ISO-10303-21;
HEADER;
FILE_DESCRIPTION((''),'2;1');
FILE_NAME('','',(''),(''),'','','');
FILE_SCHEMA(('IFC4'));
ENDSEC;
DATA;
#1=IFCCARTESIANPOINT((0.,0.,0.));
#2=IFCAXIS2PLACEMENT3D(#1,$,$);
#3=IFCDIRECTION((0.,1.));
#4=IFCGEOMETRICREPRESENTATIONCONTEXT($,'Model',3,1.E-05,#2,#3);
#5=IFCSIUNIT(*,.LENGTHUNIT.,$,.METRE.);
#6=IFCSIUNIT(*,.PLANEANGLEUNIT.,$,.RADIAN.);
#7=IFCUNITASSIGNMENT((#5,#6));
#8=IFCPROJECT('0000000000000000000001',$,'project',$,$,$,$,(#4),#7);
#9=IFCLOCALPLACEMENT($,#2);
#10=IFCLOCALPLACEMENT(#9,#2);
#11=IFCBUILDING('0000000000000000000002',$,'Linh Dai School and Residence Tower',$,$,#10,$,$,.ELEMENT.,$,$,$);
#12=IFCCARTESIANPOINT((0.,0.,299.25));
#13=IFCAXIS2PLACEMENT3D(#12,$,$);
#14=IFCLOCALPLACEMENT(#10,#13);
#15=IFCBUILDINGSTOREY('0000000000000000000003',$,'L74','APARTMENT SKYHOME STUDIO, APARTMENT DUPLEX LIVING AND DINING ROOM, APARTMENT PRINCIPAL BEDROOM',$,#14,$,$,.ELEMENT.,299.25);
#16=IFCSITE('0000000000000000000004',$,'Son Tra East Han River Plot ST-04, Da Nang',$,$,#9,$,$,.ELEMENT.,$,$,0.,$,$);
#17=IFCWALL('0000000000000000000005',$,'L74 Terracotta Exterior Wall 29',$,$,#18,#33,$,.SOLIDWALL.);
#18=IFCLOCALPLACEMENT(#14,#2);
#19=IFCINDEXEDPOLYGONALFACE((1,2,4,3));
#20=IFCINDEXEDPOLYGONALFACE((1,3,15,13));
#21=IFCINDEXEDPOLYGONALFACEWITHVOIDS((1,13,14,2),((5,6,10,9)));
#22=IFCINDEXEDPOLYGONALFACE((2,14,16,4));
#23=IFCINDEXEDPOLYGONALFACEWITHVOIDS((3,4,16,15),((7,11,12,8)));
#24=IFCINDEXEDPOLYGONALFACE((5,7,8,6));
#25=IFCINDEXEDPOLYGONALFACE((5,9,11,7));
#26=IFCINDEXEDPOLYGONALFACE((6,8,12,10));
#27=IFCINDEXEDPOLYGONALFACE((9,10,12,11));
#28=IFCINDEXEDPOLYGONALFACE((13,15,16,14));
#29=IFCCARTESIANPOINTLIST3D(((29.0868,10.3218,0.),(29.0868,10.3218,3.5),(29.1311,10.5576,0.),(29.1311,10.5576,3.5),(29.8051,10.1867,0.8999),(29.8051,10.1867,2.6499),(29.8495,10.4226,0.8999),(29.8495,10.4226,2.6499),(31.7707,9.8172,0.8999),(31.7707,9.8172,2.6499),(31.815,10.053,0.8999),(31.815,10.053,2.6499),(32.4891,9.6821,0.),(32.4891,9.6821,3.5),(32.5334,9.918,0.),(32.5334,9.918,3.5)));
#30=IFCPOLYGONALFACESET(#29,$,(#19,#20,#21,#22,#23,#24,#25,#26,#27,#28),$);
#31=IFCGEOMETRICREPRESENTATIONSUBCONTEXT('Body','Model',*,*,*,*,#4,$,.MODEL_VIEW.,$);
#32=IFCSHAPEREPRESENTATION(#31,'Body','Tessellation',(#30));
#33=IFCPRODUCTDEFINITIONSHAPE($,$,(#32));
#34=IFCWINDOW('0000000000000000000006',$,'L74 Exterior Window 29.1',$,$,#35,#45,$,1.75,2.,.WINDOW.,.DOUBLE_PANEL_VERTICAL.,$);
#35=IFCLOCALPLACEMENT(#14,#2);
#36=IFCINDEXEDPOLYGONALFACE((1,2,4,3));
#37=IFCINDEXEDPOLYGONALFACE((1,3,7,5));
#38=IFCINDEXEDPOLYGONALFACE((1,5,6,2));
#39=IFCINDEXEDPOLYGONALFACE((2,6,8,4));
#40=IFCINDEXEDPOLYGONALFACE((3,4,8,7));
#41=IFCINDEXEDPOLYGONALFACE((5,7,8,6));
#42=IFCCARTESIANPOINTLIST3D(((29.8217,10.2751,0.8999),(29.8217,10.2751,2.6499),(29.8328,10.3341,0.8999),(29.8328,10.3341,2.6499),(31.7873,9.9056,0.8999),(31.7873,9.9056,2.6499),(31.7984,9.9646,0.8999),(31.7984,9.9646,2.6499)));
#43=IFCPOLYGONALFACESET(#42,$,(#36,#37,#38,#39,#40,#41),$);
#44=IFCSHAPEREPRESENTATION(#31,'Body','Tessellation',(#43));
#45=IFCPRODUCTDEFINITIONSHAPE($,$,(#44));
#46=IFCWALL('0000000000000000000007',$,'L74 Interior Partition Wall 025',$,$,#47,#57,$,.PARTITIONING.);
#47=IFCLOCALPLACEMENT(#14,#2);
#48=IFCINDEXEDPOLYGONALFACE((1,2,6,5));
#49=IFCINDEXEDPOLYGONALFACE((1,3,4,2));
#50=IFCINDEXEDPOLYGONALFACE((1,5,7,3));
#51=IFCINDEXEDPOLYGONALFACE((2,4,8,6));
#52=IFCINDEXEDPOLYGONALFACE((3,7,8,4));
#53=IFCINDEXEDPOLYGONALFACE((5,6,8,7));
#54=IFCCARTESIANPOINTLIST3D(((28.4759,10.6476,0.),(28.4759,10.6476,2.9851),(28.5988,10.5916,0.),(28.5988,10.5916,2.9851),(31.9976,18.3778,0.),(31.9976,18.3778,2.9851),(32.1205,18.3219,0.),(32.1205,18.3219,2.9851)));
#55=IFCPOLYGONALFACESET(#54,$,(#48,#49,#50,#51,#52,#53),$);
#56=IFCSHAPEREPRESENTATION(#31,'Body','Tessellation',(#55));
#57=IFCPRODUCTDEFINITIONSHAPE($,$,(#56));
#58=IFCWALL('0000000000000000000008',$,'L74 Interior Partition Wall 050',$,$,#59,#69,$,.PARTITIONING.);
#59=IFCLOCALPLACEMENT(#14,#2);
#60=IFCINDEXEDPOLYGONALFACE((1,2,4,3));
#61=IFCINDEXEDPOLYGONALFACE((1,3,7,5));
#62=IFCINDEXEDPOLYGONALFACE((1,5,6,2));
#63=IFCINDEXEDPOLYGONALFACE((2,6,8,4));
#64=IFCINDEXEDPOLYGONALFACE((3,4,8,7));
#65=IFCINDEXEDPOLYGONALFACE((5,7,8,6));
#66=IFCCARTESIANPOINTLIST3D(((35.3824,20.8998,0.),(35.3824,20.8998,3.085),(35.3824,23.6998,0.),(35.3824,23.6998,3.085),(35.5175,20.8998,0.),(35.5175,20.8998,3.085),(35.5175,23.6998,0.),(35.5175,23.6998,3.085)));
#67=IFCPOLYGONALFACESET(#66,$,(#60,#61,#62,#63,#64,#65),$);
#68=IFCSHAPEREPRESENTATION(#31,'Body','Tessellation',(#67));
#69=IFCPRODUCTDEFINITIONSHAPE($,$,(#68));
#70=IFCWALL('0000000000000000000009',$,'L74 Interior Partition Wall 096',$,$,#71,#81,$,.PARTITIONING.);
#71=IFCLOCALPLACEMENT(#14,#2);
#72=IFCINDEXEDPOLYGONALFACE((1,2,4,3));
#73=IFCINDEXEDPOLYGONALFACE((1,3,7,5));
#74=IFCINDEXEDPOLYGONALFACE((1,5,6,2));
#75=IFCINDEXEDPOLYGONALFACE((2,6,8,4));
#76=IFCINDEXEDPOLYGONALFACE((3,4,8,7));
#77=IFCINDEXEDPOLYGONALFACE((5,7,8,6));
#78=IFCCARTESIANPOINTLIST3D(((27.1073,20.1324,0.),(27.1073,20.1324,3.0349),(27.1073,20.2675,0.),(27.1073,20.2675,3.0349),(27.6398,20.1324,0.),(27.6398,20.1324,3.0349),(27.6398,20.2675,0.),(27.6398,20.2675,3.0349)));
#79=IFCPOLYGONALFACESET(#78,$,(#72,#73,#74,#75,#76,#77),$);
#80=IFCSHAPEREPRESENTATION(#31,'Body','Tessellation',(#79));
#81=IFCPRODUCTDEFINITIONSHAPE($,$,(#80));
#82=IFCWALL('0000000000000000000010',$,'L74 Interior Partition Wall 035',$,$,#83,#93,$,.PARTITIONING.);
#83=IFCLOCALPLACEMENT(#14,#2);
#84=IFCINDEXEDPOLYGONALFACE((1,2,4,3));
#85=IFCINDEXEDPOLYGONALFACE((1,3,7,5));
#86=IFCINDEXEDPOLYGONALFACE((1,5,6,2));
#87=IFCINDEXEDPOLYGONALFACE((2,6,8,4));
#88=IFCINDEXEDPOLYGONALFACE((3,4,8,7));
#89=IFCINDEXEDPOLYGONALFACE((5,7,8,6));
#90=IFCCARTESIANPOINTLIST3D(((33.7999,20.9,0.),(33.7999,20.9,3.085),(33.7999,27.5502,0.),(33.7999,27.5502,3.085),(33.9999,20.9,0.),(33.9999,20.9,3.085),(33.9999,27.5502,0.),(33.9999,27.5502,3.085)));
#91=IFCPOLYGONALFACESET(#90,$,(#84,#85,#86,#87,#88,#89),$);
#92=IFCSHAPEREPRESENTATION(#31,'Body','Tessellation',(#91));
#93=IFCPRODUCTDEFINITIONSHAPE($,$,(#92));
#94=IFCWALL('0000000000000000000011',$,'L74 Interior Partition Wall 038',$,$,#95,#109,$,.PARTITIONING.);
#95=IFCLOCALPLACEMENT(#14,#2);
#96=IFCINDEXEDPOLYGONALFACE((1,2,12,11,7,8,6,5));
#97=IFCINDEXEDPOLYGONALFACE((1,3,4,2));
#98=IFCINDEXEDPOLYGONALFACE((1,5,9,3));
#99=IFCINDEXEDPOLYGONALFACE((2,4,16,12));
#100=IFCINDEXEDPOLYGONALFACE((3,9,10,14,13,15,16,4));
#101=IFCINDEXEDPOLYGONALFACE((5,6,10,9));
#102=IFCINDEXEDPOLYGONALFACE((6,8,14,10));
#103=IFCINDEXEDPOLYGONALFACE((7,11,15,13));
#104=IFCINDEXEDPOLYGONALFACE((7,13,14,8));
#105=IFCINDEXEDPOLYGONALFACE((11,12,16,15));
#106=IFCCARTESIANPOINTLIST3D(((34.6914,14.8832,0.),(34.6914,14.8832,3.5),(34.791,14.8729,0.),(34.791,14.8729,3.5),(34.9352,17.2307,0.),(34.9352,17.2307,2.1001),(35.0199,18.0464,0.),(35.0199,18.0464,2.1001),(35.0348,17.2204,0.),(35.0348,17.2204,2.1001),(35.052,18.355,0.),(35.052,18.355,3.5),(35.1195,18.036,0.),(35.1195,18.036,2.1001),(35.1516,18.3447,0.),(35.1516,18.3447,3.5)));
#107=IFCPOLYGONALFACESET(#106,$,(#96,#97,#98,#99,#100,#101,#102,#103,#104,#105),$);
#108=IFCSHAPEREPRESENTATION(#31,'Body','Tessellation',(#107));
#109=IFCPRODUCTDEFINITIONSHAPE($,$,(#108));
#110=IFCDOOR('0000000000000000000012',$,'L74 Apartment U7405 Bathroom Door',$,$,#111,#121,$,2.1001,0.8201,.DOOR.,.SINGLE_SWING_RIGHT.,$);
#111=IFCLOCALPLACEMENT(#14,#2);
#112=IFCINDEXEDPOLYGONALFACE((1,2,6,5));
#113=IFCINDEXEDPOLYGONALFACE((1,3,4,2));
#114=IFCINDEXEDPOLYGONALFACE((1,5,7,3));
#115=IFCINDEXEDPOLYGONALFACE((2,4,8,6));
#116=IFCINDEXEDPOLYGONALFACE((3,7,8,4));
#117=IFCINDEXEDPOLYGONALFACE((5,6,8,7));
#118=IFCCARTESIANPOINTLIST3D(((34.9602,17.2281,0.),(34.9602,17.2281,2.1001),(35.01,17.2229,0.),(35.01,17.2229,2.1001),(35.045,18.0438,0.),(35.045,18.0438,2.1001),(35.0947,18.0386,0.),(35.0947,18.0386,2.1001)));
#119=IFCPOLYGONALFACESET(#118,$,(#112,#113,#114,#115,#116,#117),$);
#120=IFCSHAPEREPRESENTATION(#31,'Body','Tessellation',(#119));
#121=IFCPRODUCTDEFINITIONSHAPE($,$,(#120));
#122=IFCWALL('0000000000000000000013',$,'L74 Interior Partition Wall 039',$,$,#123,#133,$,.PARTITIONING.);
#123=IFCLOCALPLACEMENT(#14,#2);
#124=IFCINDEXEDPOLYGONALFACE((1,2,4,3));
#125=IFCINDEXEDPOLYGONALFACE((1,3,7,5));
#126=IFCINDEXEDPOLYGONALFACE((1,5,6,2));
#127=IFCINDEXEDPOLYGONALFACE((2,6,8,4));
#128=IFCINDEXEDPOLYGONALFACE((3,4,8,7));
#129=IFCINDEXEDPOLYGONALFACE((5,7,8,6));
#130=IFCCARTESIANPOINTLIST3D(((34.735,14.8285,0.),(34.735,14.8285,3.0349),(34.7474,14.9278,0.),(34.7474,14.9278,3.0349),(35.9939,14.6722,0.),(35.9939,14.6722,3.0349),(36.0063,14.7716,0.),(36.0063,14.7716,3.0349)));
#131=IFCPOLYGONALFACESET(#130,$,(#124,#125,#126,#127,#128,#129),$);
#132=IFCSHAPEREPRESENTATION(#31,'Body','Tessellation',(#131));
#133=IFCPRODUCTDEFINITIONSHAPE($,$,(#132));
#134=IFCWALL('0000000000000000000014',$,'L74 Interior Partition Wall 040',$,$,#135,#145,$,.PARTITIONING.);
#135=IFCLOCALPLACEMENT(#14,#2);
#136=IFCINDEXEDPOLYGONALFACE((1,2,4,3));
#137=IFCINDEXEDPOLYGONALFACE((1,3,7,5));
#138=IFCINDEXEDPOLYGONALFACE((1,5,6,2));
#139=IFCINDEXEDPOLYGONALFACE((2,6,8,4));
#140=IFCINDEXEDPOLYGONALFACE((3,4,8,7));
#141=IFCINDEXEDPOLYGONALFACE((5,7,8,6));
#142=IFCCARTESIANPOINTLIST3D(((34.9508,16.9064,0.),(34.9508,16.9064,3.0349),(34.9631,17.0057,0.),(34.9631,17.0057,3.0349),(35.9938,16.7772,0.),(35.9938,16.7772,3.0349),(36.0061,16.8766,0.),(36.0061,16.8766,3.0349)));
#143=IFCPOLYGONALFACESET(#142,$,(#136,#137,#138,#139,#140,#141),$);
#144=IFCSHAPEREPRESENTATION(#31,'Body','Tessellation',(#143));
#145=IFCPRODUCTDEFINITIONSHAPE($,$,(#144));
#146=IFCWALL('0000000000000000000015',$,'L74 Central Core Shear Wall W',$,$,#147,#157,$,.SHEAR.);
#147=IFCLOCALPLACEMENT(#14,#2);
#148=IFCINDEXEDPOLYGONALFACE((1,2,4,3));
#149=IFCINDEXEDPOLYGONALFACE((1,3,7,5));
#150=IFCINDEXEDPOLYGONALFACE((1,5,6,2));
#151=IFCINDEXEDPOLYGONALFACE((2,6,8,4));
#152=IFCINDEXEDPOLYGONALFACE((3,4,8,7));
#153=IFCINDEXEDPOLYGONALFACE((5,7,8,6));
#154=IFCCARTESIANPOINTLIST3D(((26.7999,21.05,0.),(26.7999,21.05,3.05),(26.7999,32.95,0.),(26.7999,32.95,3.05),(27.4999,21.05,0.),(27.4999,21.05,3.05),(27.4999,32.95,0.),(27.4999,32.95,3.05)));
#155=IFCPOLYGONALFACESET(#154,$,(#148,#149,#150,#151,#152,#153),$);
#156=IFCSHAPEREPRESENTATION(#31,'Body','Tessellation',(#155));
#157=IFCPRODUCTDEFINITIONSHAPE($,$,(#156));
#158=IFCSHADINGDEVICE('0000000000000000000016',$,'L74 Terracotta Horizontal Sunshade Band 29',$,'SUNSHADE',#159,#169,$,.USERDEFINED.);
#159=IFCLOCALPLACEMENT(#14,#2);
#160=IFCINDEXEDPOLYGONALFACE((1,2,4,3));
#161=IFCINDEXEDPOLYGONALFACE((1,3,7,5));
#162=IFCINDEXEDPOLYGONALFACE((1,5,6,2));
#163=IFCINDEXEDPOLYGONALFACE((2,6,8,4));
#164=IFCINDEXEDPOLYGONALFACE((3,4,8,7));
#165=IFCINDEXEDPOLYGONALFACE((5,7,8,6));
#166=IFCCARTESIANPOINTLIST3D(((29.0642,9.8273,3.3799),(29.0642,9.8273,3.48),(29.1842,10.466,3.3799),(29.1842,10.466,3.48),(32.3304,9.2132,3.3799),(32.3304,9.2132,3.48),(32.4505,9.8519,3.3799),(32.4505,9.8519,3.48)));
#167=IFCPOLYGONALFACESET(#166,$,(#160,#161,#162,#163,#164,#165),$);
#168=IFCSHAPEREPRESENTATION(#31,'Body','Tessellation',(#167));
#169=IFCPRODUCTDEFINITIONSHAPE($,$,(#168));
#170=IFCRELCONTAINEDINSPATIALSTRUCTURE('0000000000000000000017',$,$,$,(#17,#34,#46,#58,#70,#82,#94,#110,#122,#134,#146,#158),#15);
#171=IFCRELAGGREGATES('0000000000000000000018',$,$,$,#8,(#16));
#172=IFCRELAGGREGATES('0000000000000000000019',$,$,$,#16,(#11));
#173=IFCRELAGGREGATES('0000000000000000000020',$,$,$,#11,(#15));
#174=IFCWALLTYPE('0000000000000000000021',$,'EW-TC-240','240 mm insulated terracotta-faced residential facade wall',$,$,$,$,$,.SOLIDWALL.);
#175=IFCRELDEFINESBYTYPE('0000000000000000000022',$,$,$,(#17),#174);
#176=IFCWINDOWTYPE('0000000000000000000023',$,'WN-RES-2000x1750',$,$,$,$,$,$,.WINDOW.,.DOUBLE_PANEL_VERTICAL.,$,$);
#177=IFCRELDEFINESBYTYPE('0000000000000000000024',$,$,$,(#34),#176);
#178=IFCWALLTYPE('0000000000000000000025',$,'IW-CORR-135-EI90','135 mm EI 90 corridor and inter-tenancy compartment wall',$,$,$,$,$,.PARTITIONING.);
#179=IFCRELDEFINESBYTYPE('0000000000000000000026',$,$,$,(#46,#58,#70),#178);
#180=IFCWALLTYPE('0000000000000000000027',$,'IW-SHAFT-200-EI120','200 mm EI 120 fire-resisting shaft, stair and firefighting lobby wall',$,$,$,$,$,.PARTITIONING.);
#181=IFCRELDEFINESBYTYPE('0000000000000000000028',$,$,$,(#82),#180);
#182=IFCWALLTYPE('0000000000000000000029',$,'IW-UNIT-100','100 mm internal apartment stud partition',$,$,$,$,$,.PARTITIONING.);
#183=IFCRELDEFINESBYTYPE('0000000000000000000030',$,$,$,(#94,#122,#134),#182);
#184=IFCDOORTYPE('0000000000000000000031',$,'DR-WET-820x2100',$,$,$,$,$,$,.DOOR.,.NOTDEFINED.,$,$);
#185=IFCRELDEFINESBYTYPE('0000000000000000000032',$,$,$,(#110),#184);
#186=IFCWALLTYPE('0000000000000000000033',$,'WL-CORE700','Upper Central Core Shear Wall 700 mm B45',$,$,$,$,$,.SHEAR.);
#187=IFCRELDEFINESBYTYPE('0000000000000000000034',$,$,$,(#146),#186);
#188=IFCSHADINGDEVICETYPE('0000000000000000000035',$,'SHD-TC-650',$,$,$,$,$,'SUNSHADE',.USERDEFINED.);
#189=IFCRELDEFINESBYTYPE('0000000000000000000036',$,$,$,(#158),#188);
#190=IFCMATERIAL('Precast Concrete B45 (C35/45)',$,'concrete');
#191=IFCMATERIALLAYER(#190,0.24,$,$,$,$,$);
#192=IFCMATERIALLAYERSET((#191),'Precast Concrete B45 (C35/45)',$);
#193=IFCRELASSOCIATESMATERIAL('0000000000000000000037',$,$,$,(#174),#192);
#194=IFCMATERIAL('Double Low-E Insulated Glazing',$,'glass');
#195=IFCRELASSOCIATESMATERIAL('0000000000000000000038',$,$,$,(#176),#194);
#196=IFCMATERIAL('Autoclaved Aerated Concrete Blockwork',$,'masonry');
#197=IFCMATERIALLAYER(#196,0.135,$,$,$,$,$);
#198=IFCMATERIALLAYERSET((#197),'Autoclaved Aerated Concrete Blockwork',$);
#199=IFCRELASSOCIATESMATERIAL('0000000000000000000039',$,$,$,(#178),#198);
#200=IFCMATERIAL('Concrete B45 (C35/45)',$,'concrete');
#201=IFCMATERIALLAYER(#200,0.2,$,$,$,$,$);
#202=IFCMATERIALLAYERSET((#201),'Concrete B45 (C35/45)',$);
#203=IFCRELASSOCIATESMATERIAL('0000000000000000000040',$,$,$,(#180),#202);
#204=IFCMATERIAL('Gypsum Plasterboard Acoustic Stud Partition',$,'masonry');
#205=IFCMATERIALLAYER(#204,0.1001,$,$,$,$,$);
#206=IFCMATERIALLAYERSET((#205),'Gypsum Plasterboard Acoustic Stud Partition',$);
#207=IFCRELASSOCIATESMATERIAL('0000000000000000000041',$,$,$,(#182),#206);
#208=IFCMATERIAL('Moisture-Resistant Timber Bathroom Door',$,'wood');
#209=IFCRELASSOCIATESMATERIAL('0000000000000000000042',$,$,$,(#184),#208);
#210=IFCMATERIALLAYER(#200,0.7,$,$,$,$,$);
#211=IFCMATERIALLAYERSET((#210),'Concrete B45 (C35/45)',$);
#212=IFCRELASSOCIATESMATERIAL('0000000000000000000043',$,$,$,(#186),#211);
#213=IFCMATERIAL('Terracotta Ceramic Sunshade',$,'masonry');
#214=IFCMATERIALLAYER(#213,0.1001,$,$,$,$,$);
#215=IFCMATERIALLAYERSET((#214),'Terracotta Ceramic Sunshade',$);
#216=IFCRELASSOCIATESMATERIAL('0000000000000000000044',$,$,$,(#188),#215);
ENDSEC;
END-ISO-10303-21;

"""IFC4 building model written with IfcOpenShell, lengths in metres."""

from ifc_helpers import new_model, si_unit, direction, frame, frame_2d, origin, origin_2d, place, context, subcontext, project, spatial, rectangle, extrude, source, transform, mapped, material, layer, layer_set, type_object, element, fill, save


model = new_model("IFC4")

# Units and contexts
model_context = context("Model", 3, precision=1e-05, world=origin(), true_north=direction((0.0, 1.0)))
body_context = subcontext(model_context, "Body", "Model", "MODEL_VIEW")
ifc_project = project(units=[si_unit("LENGTHUNIT", "METRE"), si_unit("PLANEANGLEUNIT", "RADIAN")], contexts=[model_context])

# Site, building, storey
site_placement = place(None, origin())
site = spatial("IfcSite", under=ifc_project, at=site_placement, Name="Son Tra East Han River Plot ST-04, Da Nang", CompositionType="ELEMENT", RefElevation=0.0)
building_placement = place(site_placement, origin())
building = spatial("IfcBuilding", under=site, at=building_placement, Name="Linh Dai School and Residence Tower", CompositionType="ELEMENT")
storey_placement = place(building_placement, frame((0.0, 0.0, 299.25)))
storey = spatial("IfcBuildingStorey", under=building, at=storey_placement, Name="L74", Description="APARTMENT SKYHOME STUDIO, APARTMENT DUPLEX LIVING AND DINING ROOM, APARTMENT PRINCIPAL BEDROOM", CompositionType="ELEMENT", Elevation=299.25)

# Shared definitions
ifc_material_1 = material(Name="Concrete B45 (C35/45)", Category="concrete")

# Shared definitions
ifc_material_2 = material(Name="Precast Concrete B45 (C35/45)", Category="concrete")

# Shared definitions
ifc_layer_1 = layer(ifc_material_2, 0.24)
ifc_layer_set_1 = layer_set([ifc_layer_1], Name="Precast Concrete B45 (C35/45)")
wall_type_1 = type_object("IfcWallType", Name="EW-TC-240", Description="240 mm insulated terracotta-faced residential facade wall", PredefinedType="SOLIDWALL", material=ifc_layer_set_1)

# Wall, opening, window
wall_1_placement = place(storey_placement, frame((32.5112, 9.8, 0.0), z_axis=(0.0, 0.0, 1.0), x_axis=(-0.982783, 0.184765, 0.0)))
wall_1 = element("IfcWall", 1, at=wall_1_placement, inside=storey, type_object=wall_type_1, Name="L74 Terracotta Exterior Wall 29", PredefinedType="SOLIDWALL", context=body_context, shape_type="SweptSolid", body=[
    extrude(rectangle(XDim=3.4619, YDim=0.24, at=frame_2d((1.731, 0.0))), origin(), (0.0, 0.0, 1.0), 3.5),
])
opening_1_placement = place(wall_1_placement, frame((0.731, 0.0, 0.8999)))
opening_1 = element("IfcOpeningElement", 2, at=opening_1_placement, cuts=wall_1, PredefinedType="OPENING", context=body_context, shape_type="SweptSolid", body=[
    extrude(rectangle(XDim=2.0, YDim=1.75, at=origin_2d()), frame((1.0, 0.1299, 0.875), z_axis=(0.0, -1.0, 0.0), x_axis=(1.0, 0.0, 0.0)), (0.0, 0.0, 1.0), 0.26),
])
ifc_material_3 = material(Name="Double Low-E Insulated Glazing", Category="glass")
window_type = type_object("IfcWindowType", Name="WN-RES-2000x1750", PartitioningType="DOUBLE_PANEL_VERTICAL", PredefinedType="WINDOW", material=ifc_material_3)
shared_shape_1 = source(origin(), body_context, "Body", "SweptSolid", [
    extrude(rectangle(XDim=2.0, YDim=1.75, at=origin_2d()), frame((1.0, 0.03, 0.875), z_axis=(0.0, -1.0, 0.0), x_axis=(1.0, 0.0, 0.0)), (0.0, 0.0, 1.0), 0.0601),
])
window_placement = place(opening_1_placement, origin())
window = element("IfcWindow", 3, at=window_placement, inside=storey, type_object=window_type, Name="L74 Exterior Window 29.1", OverallHeight=1.75, OverallWidth=2.0, PartitioningType="DOUBLE_PANEL_VERTICAL", PredefinedType="WINDOW", context=body_context, shape_type="MappedRepresentation", body=[
    mapped(shared_shape_1, transform((0.0, 0.0, 0.0), x_axis=(1.0, 0.0, 0.0), y_axis=(0.0, 1.0, 0.0), z_axis=(0.0, 0.0, 1.0), scale=1.0)),
])
fill(opening_1, window)

# Walls
ifc_material_4 = material(Name="Autoclaved Aerated Concrete Blockwork", Category="masonry")
ifc_layer_2 = layer(ifc_material_4, 0.135)
ifc_layer_set_2 = layer_set([ifc_layer_2], Name="Autoclaved Aerated Concrete Blockwork")
wall_type_2 = type_object("IfcWallType", Name="IW-CORR-135-EI90", Description="135 mm EI 90 corridor and inter-tenancy compartment wall", PredefinedType="PARTITIONING", material=ifc_layer_set_2)
wall_2_placement = place(storey_placement, frame((28.5374, 10.6196, 0.0), z_axis=(0.0, 0.0, 1.0), x_axis=(0.414582, 0.910012, 0.0)))
element("IfcWall", 4, at=wall_2_placement, inside=storey, type_object=wall_type_2, Name="L74 Interior Partition Wall 025", PredefinedType="PARTITIONING", context=body_context, shape_type="SweptSolid", body=[
    extrude(rectangle(XDim=8.4946, YDim=0.135, at=frame_2d((4.2473, 0.0))), origin(), (0.0, 0.0, 1.0), 2.9851),
])
wall_3_placement = place(storey_placement, frame((35.45, 20.8999, 0.0), z_axis=(0.0, 0.0, 1.0), x_axis=(0.0, 1.0, 0.0)))
element("IfcWall", 5, at=wall_3_placement, inside=storey, type_object=wall_type_2, Name="L74 Interior Partition Wall 050", PredefinedType="PARTITIONING", context=body_context, shape_type="SweptSolid", body=[
    extrude(rectangle(XDim=2.8, YDim=0.135, at=frame_2d((1.3999, 0.0))), origin(), (0.0, 0.0, 1.0), 3.085),
])
wall_4_placement = place(storey_placement, frame((27.1074, 20.2, 0.0), z_axis=(0.0, 0.0, 1.0), x_axis=(1.0, 0.0, 0.0)))
element("IfcWall", 6, at=wall_4_placement, inside=storey, type_object=wall_type_2, Name="L74 Interior Partition Wall 096", PredefinedType="PARTITIONING", context=body_context, shape_type="SweptSolid", body=[
    extrude(rectangle(XDim=0.5325, YDim=0.135, at=frame_2d((0.2661, 0.0))), origin(), (0.0, 0.0, 1.0), 3.0349),
])
ifc_layer_3 = layer(ifc_material_1, 0.2)
ifc_layer_set_3 = layer_set([ifc_layer_3], Name="Concrete B45 (C35/45)")
wall_type_3 = type_object("IfcWallType", Name="IW-SHAFT-200-EI120", Description="200 mm EI 120 fire-resisting shaft, stair and firefighting lobby wall", PredefinedType="PARTITIONING", material=ifc_layer_set_3)
wall_5_placement = place(storey_placement, frame((33.8999, 20.8999, 0.0), z_axis=(0.0, 0.0, 1.0), x_axis=(0.0, 1.0, 0.0)))
element("IfcWall", 7, at=wall_5_placement, inside=storey, type_object=wall_type_3, Name="L74 Interior Partition Wall 035", PredefinedType="PARTITIONING", context=body_context, shape_type="SweptSolid", body=[
    extrude(rectangle(XDim=6.6501, YDim=0.2, at=frame_2d((3.3252, 0.0))), origin(), (0.0, 0.0, 1.0), 3.085),
])

# Wall, opening, door
ifc_material_5 = material(Name="Gypsum Plasterboard Acoustic Stud Partition", Category="masonry")
ifc_layer_4 = layer(ifc_material_5, 0.1001)
ifc_layer_set_4 = layer_set([ifc_layer_4], Name="Gypsum Plasterboard Acoustic Stud Partition")
wall_type_4 = type_object("IfcWallType", Name="IW-UNIT-100", Description="100 mm internal apartment stud partition", PredefinedType="PARTITIONING", material=ifc_layer_set_4)
wall_6_placement = place(storey_placement, frame((34.7412, 14.8782, 0.0), z_axis=(0.0, 0.0, 1.0), x_axis=(0.103305, 0.99465, 0.0)))
wall_6 = element("IfcWall", 8, at=wall_6_placement, inside=storey, type_object=wall_type_4, Name="L74 Interior Partition Wall 038", PredefinedType="PARTITIONING", context=body_context, shape_type="SweptSolid", body=[
    extrude(rectangle(XDim=3.4905, YDim=0.1001, at=frame_2d((1.7451, 0.0))), origin(), (0.0, 0.0, 1.0), 3.5),
])
opening_2_placement = place(wall_6_placement, frame((2.3599, 0.0, 0.0)))
opening_2 = element("IfcOpeningElement", 9, at=opening_2_placement, cuts=wall_6, PredefinedType="OPENING", context=body_context, shape_type="SweptSolid", body=[
    extrude(rectangle(XDim=0.8201, YDim=2.1001, at=origin_2d()), frame((0.4102, 0.0601, 1.05), z_axis=(0.0, -1.0, 0.0), x_axis=(1.0, 0.0, 0.0)), (0.0, 0.0, 1.0), 0.1201),
])
ifc_material_6 = material(Name="Moisture-Resistant Timber Bathroom Door", Category="wood")
door_type = type_object("IfcDoorType", Name="DR-WET-820x2100", OperationType="NOTDEFINED", PredefinedType="DOOR", material=ifc_material_6)
shared_shape_2 = source(origin(), body_context, "Body", "SweptSolid", [
    extrude(rectangle(XDim=0.8201, YDim=2.1001, at=origin_2d()), frame((0.4102, 0.0249, 1.05), z_axis=(0.0, -1.0, 0.0), x_axis=(1.0, 0.0, 0.0)), (0.0, 0.0, 1.0), 0.05),
])
door_placement = place(opening_2_placement, origin())
door = element("IfcDoor", 10, at=door_placement, inside=storey, type_object=door_type, Name="L74 Apartment U7405 Bathroom Door", OperationType="SINGLE_SWING_RIGHT", OverallHeight=2.1001, OverallWidth=0.8201, PredefinedType="DOOR", context=body_context, shape_type="MappedRepresentation", body=[
    mapped(shared_shape_2, transform((0.0, 0.0, 0.0), x_axis=(1.0, 0.0, 0.0), y_axis=(0.0, 1.0, 0.0), z_axis=(0.0, 0.0, 1.0), scale=1.0)),
])
fill(opening_2, door)

# Walls
wall_7_placement = place(storey_placement, frame((34.7412, 14.8782, 0.0), z_axis=(0.0, 0.0, 1.0), x_axis=(0.992384, -0.123182, 0.0)))
element("IfcWall", 11, at=wall_7_placement, inside=storey, type_object=wall_type_4, Name="L74 Interior Partition Wall 039", PredefinedType="PARTITIONING", context=body_context, shape_type="SweptSolid", body=[
    extrude(rectangle(XDim=1.2686, YDim=0.1001, at=frame_2d((0.6343, 0.0))), origin(), (0.0, 0.0, 1.0), 3.0349),
])
wall_8_placement = place(storey_placement, frame((34.957, 16.9561, 0.0), z_axis=(0.0, 0.0, 1.0), x_axis=(0.99242, -0.122891, 0.0)))
element("IfcWall", 12, at=wall_8_placement, inside=storey, type_object=wall_type_4, Name="L74 Interior Partition Wall 040", PredefinedType="PARTITIONING", context=body_context, shape_type="SweptSolid", body=[
    extrude(rectangle(XDim=1.051, YDim=0.1001, at=frame_2d((0.5254, 0.0))), origin(), (0.0, 0.0, 1.0), 3.0349),
])
ifc_layer_5 = layer(ifc_material_1, 0.7)
ifc_layer_set_5 = layer_set([ifc_layer_5], Name="Concrete B45 (C35/45)")
wall_type_5 = type_object("IfcWallType", Name="WL-CORE700", Description="Upper Central Core Shear Wall 700 mm B45", PredefinedType="SHEAR", material=ifc_layer_set_5)
wall_9_placement = place(storey_placement, frame((27.1499, 21.05, 0.0), z_axis=(0.0, 0.0, 1.0), x_axis=(0.0, 1.0, 0.0)))
element("IfcWall", 13, at=wall_9_placement, inside=storey, type_object=wall_type_5, Name="L74 Central Core Shear Wall W", PredefinedType="SHEAR", context=body_context, shape_type="SweptSolid", body=[
    extrude(rectangle(XDim=11.8999, YDim=0.7, at=frame_2d((5.95, 0.0))), origin(), (0.0, 0.0, 1.0), 3.05),
])

# Shading device
ifc_material_7 = material(Name="Terracotta Ceramic Sunshade", Category="masonry")
ifc_layer_6 = layer(ifc_material_7, 0.1001)
ifc_layer_set_6 = layer_set([ifc_layer_6], Name="Terracotta Ceramic Sunshade")
shading_device_type = type_object("IfcShadingDeviceType", Name="SHD-TC-650", ElementType="SUNSHADE", PredefinedType="USERDEFINED", material=ifc_layer_set_6)
shared_shape_3 = source(origin(), body_context, "Body", "SweptSolid", [
    extrude(rectangle(XDim=3.3235, YDim=0.6499, at=origin_2d()), origin(), (0.0, 0.0, 1.0), 0.1001),
])
shading_device_placement = place(storey_placement, frame((30.7573, 9.8396, 3.3799), z_axis=(0.0, 0.0, 1.0), x_axis=(-0.982785, 0.184751, 0.0)))
element("IfcShadingDevice", 14, at=shading_device_placement, inside=storey, type_object=shading_device_type, Name="L74 Terracotta Horizontal Sunshade Band 29", ObjectType="SUNSHADE", PredefinedType="USERDEFINED", context=body_context, shape_type="MappedRepresentation", body=[
    mapped(shared_shape_3, transform((0.0, 0.0, 0.0), x_axis=(1.0, 0.0, 0.0), y_axis=(0.0, 1.0, 0.0), z_axis=(0.0, 0.0, 1.0), scale=1.0)),
])

save(model, "model.ifc")
